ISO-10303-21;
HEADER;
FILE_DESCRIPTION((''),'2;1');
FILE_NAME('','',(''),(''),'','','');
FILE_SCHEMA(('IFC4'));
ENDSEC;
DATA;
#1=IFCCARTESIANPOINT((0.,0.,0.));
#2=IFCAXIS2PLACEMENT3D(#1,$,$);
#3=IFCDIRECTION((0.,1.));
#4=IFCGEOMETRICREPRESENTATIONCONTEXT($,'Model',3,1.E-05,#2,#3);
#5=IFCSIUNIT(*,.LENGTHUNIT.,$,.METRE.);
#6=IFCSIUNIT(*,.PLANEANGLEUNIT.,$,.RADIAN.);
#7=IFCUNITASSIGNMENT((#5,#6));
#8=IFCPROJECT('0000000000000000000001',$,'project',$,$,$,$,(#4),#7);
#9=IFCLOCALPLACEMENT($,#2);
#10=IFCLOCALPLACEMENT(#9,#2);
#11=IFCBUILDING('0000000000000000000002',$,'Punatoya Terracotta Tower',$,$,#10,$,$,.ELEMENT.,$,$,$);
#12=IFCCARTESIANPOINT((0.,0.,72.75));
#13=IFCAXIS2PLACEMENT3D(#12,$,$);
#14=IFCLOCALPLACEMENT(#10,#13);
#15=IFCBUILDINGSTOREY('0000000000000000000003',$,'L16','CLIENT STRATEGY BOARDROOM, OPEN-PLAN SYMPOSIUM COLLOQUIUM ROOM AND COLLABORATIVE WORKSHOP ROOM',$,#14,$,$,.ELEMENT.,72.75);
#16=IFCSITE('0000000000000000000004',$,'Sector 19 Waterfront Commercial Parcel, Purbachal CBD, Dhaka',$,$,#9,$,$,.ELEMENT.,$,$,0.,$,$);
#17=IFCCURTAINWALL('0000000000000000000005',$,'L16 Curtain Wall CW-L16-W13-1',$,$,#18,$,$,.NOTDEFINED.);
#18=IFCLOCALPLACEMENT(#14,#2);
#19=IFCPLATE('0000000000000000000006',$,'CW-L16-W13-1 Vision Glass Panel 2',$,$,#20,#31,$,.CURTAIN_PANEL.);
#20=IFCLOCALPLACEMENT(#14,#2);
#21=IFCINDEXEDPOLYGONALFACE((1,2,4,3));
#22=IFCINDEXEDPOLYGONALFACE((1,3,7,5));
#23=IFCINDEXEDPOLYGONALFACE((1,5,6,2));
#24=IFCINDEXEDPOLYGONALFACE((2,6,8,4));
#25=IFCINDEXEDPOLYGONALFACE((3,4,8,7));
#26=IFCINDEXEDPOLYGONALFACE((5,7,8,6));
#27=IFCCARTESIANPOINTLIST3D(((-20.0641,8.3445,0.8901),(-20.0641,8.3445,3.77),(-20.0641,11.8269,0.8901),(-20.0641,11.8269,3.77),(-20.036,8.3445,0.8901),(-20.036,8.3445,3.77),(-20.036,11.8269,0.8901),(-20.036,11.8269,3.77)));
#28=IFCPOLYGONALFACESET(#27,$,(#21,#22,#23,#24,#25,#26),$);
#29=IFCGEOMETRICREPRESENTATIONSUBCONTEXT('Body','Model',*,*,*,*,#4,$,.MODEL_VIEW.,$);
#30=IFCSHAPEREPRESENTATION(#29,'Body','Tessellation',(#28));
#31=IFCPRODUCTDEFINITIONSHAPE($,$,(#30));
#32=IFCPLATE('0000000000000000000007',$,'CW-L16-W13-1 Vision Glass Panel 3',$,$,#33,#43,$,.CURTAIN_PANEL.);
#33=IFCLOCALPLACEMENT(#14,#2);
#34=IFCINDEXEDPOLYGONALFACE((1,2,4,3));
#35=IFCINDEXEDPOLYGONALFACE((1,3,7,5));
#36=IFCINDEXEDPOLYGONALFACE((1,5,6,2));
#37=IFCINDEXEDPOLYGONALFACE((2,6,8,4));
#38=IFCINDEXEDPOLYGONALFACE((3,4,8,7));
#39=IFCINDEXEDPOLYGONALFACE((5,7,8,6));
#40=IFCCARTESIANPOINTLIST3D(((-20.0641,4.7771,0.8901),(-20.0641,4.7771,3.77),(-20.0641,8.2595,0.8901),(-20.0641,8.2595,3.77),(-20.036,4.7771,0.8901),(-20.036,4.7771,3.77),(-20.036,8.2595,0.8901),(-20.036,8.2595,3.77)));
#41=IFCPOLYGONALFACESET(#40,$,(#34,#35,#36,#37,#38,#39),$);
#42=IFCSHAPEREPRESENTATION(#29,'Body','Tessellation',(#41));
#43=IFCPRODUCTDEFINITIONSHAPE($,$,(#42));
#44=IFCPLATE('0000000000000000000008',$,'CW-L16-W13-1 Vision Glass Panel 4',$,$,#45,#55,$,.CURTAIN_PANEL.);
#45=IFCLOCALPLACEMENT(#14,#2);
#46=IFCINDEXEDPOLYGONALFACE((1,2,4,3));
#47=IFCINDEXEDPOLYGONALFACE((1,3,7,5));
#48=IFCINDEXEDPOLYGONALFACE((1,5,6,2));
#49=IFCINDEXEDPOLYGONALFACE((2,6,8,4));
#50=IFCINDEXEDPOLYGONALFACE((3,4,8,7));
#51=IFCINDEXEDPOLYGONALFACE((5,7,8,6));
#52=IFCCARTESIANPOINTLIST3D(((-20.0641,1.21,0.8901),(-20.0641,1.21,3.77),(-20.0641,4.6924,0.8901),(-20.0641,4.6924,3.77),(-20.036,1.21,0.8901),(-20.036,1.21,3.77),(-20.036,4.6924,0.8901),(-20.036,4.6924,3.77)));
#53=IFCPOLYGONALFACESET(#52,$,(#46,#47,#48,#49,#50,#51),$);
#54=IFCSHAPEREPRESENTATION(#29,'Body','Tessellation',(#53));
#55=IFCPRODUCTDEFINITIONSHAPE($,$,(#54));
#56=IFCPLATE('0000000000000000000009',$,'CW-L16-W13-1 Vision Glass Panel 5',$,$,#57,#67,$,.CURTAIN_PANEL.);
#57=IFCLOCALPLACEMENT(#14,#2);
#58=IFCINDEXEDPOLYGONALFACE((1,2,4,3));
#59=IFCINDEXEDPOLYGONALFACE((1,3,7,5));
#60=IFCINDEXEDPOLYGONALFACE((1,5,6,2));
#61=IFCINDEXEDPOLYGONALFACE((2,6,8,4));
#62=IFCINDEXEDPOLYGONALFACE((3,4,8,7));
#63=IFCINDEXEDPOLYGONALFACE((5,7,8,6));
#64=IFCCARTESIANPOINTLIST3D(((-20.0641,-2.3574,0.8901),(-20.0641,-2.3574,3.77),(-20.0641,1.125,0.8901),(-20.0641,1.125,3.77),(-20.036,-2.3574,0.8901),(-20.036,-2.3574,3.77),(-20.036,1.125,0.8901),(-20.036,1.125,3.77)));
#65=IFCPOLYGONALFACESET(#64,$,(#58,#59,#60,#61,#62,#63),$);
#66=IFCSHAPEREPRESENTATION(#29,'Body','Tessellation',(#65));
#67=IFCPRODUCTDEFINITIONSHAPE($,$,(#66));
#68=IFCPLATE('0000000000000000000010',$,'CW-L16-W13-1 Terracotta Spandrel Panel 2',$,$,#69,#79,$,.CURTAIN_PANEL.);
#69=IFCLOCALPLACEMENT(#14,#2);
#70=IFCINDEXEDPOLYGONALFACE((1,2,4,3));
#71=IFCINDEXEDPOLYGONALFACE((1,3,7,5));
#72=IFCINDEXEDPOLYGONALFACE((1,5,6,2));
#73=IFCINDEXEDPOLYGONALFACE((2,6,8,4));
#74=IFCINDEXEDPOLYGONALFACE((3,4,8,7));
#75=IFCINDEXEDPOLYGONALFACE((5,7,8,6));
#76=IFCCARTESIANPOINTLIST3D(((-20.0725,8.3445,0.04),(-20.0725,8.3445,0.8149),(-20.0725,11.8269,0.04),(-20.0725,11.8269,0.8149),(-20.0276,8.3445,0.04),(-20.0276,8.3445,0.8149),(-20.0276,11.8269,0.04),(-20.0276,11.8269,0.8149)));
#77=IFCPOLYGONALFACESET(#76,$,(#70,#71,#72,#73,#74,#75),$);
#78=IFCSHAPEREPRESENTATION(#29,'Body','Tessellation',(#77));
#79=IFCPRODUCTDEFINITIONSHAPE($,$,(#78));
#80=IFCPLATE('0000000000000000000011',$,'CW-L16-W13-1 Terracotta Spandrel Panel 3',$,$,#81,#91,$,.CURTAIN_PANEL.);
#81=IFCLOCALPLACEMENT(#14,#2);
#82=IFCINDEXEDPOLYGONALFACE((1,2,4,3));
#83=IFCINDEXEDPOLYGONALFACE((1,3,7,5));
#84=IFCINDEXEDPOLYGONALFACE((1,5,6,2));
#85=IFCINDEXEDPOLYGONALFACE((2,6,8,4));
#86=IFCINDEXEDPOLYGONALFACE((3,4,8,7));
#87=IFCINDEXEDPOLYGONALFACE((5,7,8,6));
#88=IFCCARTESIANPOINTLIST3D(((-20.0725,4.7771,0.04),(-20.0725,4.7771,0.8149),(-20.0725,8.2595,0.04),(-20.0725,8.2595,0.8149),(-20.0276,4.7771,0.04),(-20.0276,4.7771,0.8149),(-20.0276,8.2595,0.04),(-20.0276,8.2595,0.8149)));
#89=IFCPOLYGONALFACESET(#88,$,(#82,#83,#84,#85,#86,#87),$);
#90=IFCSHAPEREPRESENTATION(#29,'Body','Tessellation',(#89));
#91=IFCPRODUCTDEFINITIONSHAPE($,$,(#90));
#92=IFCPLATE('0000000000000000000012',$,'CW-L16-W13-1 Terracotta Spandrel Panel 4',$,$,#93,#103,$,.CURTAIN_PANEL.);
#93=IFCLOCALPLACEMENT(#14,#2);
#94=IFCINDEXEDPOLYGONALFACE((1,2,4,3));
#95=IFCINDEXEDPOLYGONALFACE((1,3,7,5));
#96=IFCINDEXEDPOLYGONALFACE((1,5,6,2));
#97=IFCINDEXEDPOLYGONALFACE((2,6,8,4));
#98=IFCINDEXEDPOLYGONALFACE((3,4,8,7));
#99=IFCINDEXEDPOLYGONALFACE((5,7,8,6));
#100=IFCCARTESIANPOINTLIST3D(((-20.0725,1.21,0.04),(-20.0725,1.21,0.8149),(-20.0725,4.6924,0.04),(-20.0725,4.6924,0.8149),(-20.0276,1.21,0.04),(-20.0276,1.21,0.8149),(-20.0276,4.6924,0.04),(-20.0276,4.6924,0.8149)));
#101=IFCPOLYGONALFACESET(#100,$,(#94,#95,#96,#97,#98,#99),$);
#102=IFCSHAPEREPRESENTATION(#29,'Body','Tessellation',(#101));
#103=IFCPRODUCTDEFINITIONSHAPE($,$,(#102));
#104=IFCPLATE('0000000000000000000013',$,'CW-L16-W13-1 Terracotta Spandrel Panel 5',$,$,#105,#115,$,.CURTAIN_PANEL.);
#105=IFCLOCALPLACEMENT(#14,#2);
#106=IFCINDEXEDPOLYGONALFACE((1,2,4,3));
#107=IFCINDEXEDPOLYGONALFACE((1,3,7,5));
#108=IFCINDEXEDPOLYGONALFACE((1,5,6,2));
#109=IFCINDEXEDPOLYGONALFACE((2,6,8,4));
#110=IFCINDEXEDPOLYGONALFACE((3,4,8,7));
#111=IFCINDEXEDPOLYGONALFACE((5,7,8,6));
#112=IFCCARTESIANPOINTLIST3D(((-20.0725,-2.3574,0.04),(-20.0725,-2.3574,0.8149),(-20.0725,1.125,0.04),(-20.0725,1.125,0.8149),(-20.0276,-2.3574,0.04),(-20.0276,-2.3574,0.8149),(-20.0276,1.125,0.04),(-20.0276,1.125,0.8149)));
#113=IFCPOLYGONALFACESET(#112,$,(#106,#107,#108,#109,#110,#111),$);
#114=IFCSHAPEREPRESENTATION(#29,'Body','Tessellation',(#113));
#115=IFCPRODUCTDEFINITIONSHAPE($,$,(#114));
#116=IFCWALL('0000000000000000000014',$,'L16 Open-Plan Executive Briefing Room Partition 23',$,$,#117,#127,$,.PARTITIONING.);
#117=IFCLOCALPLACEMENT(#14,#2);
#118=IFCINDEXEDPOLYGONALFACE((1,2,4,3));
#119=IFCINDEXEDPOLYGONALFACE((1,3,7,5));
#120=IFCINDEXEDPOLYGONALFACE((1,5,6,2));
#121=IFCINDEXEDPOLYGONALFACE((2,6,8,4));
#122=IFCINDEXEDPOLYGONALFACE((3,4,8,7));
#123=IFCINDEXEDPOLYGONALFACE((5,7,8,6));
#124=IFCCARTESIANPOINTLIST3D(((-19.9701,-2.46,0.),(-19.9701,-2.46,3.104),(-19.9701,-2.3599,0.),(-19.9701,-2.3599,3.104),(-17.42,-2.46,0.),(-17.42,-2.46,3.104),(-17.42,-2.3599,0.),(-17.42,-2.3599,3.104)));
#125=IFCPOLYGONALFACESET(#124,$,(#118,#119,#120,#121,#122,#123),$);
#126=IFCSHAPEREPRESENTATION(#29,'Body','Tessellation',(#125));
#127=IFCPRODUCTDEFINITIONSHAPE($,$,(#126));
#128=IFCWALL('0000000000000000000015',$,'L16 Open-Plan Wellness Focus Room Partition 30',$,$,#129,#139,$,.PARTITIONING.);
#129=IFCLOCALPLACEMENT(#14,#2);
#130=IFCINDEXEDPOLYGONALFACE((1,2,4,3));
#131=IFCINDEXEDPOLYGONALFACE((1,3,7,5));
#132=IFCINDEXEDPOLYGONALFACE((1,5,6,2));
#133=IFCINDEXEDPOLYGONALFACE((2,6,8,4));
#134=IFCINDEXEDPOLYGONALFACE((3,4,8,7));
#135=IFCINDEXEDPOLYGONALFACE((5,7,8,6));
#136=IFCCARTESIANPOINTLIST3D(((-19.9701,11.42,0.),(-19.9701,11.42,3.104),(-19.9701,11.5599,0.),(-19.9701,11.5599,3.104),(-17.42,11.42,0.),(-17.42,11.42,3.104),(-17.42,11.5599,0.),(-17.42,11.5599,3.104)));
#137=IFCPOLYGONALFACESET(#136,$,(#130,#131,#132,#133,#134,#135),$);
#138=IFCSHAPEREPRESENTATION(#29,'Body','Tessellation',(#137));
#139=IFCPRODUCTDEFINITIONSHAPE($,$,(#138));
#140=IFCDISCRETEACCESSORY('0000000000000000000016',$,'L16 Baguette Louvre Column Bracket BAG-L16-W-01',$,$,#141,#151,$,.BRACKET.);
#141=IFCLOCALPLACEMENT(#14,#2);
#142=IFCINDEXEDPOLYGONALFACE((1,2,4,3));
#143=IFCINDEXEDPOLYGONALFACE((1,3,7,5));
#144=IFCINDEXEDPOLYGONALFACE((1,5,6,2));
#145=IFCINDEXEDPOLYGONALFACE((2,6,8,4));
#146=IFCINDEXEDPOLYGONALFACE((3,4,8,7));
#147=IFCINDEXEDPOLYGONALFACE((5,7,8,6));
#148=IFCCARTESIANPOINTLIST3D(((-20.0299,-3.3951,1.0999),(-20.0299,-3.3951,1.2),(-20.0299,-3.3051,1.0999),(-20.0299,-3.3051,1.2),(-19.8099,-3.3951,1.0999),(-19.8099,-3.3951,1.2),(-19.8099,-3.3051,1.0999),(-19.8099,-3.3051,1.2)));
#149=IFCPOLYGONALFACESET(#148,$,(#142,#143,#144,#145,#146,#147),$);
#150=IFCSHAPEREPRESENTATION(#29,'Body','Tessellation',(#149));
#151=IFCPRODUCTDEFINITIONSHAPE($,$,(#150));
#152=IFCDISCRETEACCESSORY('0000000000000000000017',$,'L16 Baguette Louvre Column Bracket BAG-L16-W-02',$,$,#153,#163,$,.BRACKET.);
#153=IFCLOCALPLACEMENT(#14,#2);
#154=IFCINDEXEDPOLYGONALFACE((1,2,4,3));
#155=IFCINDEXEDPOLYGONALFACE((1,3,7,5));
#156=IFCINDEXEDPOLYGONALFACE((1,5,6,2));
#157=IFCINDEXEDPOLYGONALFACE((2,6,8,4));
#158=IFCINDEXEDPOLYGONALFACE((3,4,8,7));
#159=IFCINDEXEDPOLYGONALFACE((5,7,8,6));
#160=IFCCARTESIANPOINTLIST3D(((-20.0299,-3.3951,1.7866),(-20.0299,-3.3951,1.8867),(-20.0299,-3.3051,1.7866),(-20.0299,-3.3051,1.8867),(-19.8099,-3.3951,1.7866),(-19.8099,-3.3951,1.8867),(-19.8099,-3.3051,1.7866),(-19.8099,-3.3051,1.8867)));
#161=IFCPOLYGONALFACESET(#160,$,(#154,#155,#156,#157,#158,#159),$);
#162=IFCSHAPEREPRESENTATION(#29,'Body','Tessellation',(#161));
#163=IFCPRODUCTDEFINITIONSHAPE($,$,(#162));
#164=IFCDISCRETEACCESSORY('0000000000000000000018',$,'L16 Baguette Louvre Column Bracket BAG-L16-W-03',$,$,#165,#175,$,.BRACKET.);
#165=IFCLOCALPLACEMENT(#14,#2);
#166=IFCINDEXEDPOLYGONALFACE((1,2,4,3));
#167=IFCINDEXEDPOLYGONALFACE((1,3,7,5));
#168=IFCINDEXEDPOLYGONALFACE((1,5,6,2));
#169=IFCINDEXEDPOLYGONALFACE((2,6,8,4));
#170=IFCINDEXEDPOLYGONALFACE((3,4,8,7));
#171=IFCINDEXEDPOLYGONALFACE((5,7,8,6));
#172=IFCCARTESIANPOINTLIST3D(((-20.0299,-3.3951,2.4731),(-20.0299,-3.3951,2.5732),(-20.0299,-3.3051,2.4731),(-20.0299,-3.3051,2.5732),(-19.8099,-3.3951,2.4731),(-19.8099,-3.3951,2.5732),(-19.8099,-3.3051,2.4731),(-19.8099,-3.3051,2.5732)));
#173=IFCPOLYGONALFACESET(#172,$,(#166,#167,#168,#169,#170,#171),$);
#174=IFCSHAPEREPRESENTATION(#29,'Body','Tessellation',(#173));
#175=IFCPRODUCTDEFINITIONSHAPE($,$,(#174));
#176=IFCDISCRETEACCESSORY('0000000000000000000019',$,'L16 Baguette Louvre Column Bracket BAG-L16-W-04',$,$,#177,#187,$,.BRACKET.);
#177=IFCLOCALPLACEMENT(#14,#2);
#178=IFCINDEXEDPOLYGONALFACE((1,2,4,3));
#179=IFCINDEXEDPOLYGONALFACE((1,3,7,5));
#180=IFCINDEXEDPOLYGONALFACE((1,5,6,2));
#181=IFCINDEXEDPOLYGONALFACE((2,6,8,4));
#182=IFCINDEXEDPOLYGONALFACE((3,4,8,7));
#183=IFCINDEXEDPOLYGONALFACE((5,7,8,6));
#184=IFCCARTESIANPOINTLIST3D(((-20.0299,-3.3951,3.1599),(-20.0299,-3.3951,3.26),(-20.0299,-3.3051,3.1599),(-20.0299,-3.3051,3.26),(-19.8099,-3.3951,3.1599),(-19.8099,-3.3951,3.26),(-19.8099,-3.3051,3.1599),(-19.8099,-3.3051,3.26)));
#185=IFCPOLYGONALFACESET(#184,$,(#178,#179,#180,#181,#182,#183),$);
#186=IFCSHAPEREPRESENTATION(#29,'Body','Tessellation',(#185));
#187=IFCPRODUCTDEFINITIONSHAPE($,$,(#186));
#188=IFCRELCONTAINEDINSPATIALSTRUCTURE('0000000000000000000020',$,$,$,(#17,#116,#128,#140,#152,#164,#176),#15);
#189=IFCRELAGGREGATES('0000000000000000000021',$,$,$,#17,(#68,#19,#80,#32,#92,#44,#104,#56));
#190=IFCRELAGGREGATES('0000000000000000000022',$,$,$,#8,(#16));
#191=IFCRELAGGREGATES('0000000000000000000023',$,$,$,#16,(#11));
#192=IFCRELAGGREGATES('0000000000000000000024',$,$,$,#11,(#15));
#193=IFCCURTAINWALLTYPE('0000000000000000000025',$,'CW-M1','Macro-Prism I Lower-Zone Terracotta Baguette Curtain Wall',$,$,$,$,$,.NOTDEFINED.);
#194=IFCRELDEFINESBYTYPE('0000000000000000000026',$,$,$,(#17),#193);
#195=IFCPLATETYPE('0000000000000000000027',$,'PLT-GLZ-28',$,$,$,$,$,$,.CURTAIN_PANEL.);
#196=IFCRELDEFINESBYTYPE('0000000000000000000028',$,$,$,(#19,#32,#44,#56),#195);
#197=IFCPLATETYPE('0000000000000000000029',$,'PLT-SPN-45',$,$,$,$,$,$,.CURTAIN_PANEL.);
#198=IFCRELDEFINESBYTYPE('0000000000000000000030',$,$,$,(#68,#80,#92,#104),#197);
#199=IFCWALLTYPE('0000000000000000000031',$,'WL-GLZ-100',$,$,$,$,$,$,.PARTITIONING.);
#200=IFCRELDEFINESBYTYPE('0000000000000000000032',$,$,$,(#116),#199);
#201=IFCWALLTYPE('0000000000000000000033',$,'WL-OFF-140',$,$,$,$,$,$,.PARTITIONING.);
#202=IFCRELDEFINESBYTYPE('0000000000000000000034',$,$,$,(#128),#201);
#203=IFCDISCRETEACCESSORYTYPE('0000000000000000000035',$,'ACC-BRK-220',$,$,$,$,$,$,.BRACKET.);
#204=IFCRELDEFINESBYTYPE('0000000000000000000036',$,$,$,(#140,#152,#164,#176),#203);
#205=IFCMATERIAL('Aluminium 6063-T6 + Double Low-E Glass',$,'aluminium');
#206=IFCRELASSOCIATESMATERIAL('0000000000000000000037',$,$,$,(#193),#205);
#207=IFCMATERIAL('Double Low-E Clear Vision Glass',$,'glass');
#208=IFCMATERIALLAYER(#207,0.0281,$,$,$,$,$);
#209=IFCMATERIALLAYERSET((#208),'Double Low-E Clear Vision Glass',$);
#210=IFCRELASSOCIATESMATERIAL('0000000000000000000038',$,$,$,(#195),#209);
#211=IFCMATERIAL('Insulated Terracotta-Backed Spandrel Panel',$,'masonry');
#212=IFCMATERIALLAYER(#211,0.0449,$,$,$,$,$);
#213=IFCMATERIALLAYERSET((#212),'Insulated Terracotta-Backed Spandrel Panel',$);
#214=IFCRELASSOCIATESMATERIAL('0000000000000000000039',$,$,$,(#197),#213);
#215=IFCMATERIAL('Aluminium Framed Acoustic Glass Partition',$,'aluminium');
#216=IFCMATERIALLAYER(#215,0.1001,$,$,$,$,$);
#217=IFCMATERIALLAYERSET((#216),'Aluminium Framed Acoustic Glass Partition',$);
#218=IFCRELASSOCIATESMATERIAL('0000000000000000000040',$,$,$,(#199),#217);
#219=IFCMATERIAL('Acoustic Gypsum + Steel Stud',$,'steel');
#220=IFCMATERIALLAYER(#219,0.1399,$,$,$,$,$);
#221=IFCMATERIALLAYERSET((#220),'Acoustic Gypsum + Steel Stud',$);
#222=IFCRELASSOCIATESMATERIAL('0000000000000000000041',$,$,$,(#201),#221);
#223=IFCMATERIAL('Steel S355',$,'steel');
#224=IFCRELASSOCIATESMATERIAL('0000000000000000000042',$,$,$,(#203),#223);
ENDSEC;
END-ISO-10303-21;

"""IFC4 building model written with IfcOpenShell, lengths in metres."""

from ifc_helpers import new_model, si_unit, direction, frame, frame_2d, origin, origin_2d, place, context, subcontext, project, spatial, rectangle, extrude, material, layer, layer_set, type_object, element, aggregate, save


model = new_model("IFC4")

# Units and contexts
model_context = context("Model", 3, precision=1e-05, world=origin(), true_north=direction((0.0, 1.0)))
body_context = subcontext(model_context, "Body", "Model", "MODEL_VIEW")
ifc_project = project(units=[si_unit("LENGTHUNIT", "METRE"), si_unit("PLANEANGLEUNIT", "RADIAN")], contexts=[model_context])

# Site, building, storey
site_placement = place(None, origin())
site = spatial("IfcSite", under=ifc_project, at=site_placement, Name="Sector 19 Waterfront Commercial Parcel, Purbachal CBD, Dhaka", CompositionType="ELEMENT", RefElevation=0.0)
building_placement = place(site_placement, origin())
building = spatial("IfcBuilding", under=site, at=building_placement, Name="Punatoya Terracotta Tower", CompositionType="ELEMENT")
storey_placement = place(building_placement, frame((0.0, 0.0, 72.75)))
storey = spatial("IfcBuildingStorey", under=building, at=storey_placement, Name="L16", Description="CLIENT STRATEGY BOARDROOM, OPEN-PLAN SYMPOSIUM COLLOQUIUM ROOM AND COLLABORATIVE WORKSHOP ROOM", CompositionType="ELEMENT", Elevation=72.75)

# Shared definitions
ifc_material_1 = material(Name="Steel S355", Category="steel")

# Curtain wall
ifc_material_2 = material(Name="Aluminium 6063-T6 + Double Low-E Glass", Category="aluminium")
curtain_wall_type = type_object("IfcCurtainWallType", Name="CW-M1", Description="Macro-Prism I Lower-Zone Terracotta Baguette Curtain Wall", PredefinedType="NOTDEFINED", material=ifc_material_2)
curtain_wall_placement = place(storey_placement, origin())
curtain_wall = element("IfcCurtainWall", 1, at=curtain_wall_placement, inside=storey, type_object=curtain_wall_type, Name="L16 Curtain Wall CW-L16-W13-1", PredefinedType="NOTDEFINED")

# Plates
ifc_material_3 = material(Name="Double Low-E Clear Vision Glass", Category="glass")
ifc_layer_1 = layer(ifc_material_3, 0.0281)
ifc_layer_set_1 = layer_set([ifc_layer_1], Name="Double Low-E Clear Vision Glass")
plate_type_1 = type_object("IfcPlateType", Name="PLT-GLZ-28", PredefinedType="CURTAIN_PANEL", material=ifc_layer_set_1)
plate_1_placement = place(storey_placement, frame((-20.05, 10.0857, 0.8901), z_axis=(0.0, 0.0, 1.0), x_axis=(0.0, -1.0, 0.0)))
plate_1 = element("IfcPlate", 2, at=plate_1_placement, type_object=plate_type_1, Name="CW-L16-W13-1 Vision Glass Panel 2", PredefinedType="CURTAIN_PANEL", context=body_context, shape_type="SweptSolid", body=[
    extrude(rectangle(XDim=3.4824, YDim=0.0281, at=origin_2d()), origin(), (0.0, 0.0, 1.0), 2.8799),
])
plate_2_placement = place(storey_placement, frame((-20.05, 6.5183, 0.8901), z_axis=(0.0, 0.0, 1.0), x_axis=(0.0, -1.0, 0.0)))
plate_2 = element("IfcPlate", 3, at=plate_2_placement, type_object=plate_type_1, Name="CW-L16-W13-1 Vision Glass Panel 3", PredefinedType="CURTAIN_PANEL", context=body_context, shape_type="SweptSolid", body=[
    extrude(rectangle(XDim=3.4824, YDim=0.0281, at=origin_2d()), origin(), (0.0, 0.0, 1.0), 2.8799),
])
plate_3_placement = place(storey_placement, frame((-20.05, 2.9512, 0.8901), z_axis=(0.0, 0.0, 1.0), x_axis=(0.0, -1.0, 0.0)))
plate_3 = element("IfcPlate", 4, at=plate_3_placement, type_object=plate_type_1, Name="CW-L16-W13-1 Vision Glass Panel 4", PredefinedType="CURTAIN_PANEL", context=body_context, shape_type="SweptSolid", body=[
    extrude(rectangle(XDim=3.4824, YDim=0.0281, at=origin_2d()), origin(), (0.0, 0.0, 1.0), 2.8799),
])
plate_4_placement = place(storey_placement, frame((-20.05, -0.6162, 0.8901), z_axis=(0.0, 0.0, 1.0), x_axis=(0.0, -1.0, 0.0)))
plate_4 = element("IfcPlate", 5, at=plate_4_placement, type_object=plate_type_1, Name="CW-L16-W13-1 Vision Glass Panel 5", PredefinedType="CURTAIN_PANEL", context=body_context, shape_type="SweptSolid", body=[
    extrude(rectangle(XDim=3.4824, YDim=0.0281, at=origin_2d()), origin(), (0.0, 0.0, 1.0), 2.8799),
])
ifc_material_4 = material(Name="Insulated Terracotta-Backed Spandrel Panel", Category="masonry")
ifc_layer_2 = layer(ifc_material_4, 0.0449)
ifc_layer_set_2 = layer_set([ifc_layer_2], Name="Insulated Terracotta-Backed Spandrel Panel")
plate_type_2 = type_object("IfcPlateType", Name="PLT-SPN-45", PredefinedType="CURTAIN_PANEL", material=ifc_layer_set_2)
plate_5_placement = place(storey_placement, frame((-20.05, 10.0857, 0.04), z_axis=(0.0, 0.0, 1.0), x_axis=(0.0, -1.0, 0.0)))
plate_5 = element("IfcPlate", 6, at=plate_5_placement, type_object=plate_type_2, Name="CW-L16-W13-1 Terracotta Spandrel Panel 2", PredefinedType="CURTAIN_PANEL", context=body_context, shape_type="SweptSolid", body=[
    extrude(rectangle(XDim=3.4824, YDim=0.0449, at=origin_2d()), origin(), (0.0, 0.0, 1.0), 0.7749),
])
plate_6_placement = place(storey_placement, frame((-20.05, 6.5183, 0.04), z_axis=(0.0, 0.0, 1.0), x_axis=(0.0, -1.0, 0.0)))
plate_6 = element("IfcPlate", 7, at=plate_6_placement, type_object=plate_type_2, Name="CW-L16-W13-1 Terracotta Spandrel Panel 3", PredefinedType="CURTAIN_PANEL", context=body_context, shape_type="SweptSolid", body=[
    extrude(rectangle(XDim=3.4824, YDim=0.0449, at=origin_2d()), origin(), (0.0, 0.0, 1.0), 0.7749),
])
plate_7_placement = place(storey_placement, frame((-20.05, 2.9512, 0.04), z_axis=(0.0, 0.0, 1.0), x_axis=(0.0, -1.0, 0.0)))
plate_7 = element("IfcPlate", 8, at=plate_7_placement, type_object=plate_type_2, Name="CW-L16-W13-1 Terracotta Spandrel Panel 4", PredefinedType="CURTAIN_PANEL", context=body_context, shape_type="SweptSolid", body=[
    extrude(rectangle(XDim=3.4824, YDim=0.0449, at=origin_2d()), origin(), (0.0, 0.0, 1.0), 0.7749),
])
plate_8_placement = place(storey_placement, frame((-20.05, -0.6162, 0.04), z_axis=(0.0, 0.0, 1.0), x_axis=(0.0, -1.0, 0.0)))
plate_8 = element("IfcPlate", 9, at=plate_8_placement, type_object=plate_type_2, Name="CW-L16-W13-1 Terracotta Spandrel Panel 5", PredefinedType="CURTAIN_PANEL", context=body_context, shape_type="SweptSolid", body=[
    extrude(rectangle(XDim=3.4824, YDim=0.0449, at=origin_2d()), origin(), (0.0, 0.0, 1.0), 0.7749),
])
aggregate(curtain_wall, [plate_5, plate_1, plate_6, plate_2, plate_7, plate_3, plate_8, plate_4])

# Walls
ifc_material_5 = material(Name="Aluminium Framed Acoustic Glass Partition", Category="aluminium")
ifc_layer_3 = layer(ifc_material_5, 0.1001)
ifc_layer_set_3 = layer_set([ifc_layer_3], Name="Aluminium Framed Acoustic Glass Partition")
wall_type_1 = type_object("IfcWallType", Name="WL-GLZ-100", PredefinedType="PARTITIONING", material=ifc_layer_set_3)
wall_1_placement = place(storey_placement, frame((-19.97, -2.4099, 0.0), z_axis=(0.0, 0.0, 1.0), x_axis=(1.0, 0.0, 0.0)))
element("IfcWall", 10, at=wall_1_placement, inside=storey, type_object=wall_type_1, Name="L16 Open-Plan Executive Briefing Room Partition 23", PredefinedType="PARTITIONING", context=body_context, shape_type="SweptSolid", body=[
    extrude(rectangle(XDim=2.55, YDim=0.1001, at=frame_2d((1.2749, 0.0))), origin(), (0.0, 0.0, 1.0), 3.104),
])
ifc_material_6 = material(Name="Acoustic Gypsum + Steel Stud", Category="steel")
ifc_layer_4 = layer(ifc_material_6, 0.1399)
ifc_layer_set_4 = layer_set([ifc_layer_4], Name="Acoustic Gypsum + Steel Stud")
wall_type_2 = type_object("IfcWallType", Name="WL-OFF-140", PredefinedType="PARTITIONING", material=ifc_layer_set_4)
wall_2_placement = place(storey_placement, frame((-19.97, 11.49, 0.0), z_axis=(0.0, 0.0, 1.0), x_axis=(1.0, 0.0, 0.0)))
element("IfcWall", 11, at=wall_2_placement, inside=storey, type_object=wall_type_2, Name="L16 Open-Plan Wellness Focus Room Partition 30", PredefinedType="PARTITIONING", context=body_context, shape_type="SweptSolid", body=[
    extrude(rectangle(XDim=2.55, YDim=0.1399, at=frame_2d((1.2749, 0.0))), origin(), (0.0, 0.0, 1.0), 3.104),
])

# Discrete accessories
discrete_accessory_type = type_object("IfcDiscreteAccessoryType", Name="ACC-BRK-220", PredefinedType="BRACKET", material=ifc_material_1)
for number, where, z_axis, x_axis, name in (
    (12, (-19.9199, -3.3501, 1.0999), (0.0, 0.0, 1.0), (0.0, 1.0, 0.0), "L16 Baguette Louvre Column Bracket BAG-L16-W-01"),
    (13, (-19.9199, -3.3501, 1.7866), (0.0, 0.0, 1.0), (0.0, 1.0, 0.0), "L16 Baguette Louvre Column Bracket BAG-L16-W-02"),
    (14, (-19.9199, -3.3501, 2.4731), (0.0, 0.0, 1.0), (0.0, 1.0, 0.0), "L16 Baguette Louvre Column Bracket BAG-L16-W-03"),
    (15, (-19.9199, -3.3501, 3.1599), (0.0, 0.0, 1.0), (0.0, 1.0, 0.0), "L16 Baguette Louvre Column Bracket BAG-L16-W-04"),
):
    element("IfcDiscreteAccessory", number, at=place(storey_placement, frame(where, z_axis=z_axis, x_axis=x_axis)), inside=storey, type_object=discrete_accessory_type, Name=name, PredefinedType="BRACKET", context=body_context, shape_type="SweptSolid", body=[
        extrude(rectangle(XDim=0.0901, YDim=0.22, at=origin_2d()), origin(), (0.0, 0.0, 1.0), 0.1001),
    ])

save(model, "model.ifc")
